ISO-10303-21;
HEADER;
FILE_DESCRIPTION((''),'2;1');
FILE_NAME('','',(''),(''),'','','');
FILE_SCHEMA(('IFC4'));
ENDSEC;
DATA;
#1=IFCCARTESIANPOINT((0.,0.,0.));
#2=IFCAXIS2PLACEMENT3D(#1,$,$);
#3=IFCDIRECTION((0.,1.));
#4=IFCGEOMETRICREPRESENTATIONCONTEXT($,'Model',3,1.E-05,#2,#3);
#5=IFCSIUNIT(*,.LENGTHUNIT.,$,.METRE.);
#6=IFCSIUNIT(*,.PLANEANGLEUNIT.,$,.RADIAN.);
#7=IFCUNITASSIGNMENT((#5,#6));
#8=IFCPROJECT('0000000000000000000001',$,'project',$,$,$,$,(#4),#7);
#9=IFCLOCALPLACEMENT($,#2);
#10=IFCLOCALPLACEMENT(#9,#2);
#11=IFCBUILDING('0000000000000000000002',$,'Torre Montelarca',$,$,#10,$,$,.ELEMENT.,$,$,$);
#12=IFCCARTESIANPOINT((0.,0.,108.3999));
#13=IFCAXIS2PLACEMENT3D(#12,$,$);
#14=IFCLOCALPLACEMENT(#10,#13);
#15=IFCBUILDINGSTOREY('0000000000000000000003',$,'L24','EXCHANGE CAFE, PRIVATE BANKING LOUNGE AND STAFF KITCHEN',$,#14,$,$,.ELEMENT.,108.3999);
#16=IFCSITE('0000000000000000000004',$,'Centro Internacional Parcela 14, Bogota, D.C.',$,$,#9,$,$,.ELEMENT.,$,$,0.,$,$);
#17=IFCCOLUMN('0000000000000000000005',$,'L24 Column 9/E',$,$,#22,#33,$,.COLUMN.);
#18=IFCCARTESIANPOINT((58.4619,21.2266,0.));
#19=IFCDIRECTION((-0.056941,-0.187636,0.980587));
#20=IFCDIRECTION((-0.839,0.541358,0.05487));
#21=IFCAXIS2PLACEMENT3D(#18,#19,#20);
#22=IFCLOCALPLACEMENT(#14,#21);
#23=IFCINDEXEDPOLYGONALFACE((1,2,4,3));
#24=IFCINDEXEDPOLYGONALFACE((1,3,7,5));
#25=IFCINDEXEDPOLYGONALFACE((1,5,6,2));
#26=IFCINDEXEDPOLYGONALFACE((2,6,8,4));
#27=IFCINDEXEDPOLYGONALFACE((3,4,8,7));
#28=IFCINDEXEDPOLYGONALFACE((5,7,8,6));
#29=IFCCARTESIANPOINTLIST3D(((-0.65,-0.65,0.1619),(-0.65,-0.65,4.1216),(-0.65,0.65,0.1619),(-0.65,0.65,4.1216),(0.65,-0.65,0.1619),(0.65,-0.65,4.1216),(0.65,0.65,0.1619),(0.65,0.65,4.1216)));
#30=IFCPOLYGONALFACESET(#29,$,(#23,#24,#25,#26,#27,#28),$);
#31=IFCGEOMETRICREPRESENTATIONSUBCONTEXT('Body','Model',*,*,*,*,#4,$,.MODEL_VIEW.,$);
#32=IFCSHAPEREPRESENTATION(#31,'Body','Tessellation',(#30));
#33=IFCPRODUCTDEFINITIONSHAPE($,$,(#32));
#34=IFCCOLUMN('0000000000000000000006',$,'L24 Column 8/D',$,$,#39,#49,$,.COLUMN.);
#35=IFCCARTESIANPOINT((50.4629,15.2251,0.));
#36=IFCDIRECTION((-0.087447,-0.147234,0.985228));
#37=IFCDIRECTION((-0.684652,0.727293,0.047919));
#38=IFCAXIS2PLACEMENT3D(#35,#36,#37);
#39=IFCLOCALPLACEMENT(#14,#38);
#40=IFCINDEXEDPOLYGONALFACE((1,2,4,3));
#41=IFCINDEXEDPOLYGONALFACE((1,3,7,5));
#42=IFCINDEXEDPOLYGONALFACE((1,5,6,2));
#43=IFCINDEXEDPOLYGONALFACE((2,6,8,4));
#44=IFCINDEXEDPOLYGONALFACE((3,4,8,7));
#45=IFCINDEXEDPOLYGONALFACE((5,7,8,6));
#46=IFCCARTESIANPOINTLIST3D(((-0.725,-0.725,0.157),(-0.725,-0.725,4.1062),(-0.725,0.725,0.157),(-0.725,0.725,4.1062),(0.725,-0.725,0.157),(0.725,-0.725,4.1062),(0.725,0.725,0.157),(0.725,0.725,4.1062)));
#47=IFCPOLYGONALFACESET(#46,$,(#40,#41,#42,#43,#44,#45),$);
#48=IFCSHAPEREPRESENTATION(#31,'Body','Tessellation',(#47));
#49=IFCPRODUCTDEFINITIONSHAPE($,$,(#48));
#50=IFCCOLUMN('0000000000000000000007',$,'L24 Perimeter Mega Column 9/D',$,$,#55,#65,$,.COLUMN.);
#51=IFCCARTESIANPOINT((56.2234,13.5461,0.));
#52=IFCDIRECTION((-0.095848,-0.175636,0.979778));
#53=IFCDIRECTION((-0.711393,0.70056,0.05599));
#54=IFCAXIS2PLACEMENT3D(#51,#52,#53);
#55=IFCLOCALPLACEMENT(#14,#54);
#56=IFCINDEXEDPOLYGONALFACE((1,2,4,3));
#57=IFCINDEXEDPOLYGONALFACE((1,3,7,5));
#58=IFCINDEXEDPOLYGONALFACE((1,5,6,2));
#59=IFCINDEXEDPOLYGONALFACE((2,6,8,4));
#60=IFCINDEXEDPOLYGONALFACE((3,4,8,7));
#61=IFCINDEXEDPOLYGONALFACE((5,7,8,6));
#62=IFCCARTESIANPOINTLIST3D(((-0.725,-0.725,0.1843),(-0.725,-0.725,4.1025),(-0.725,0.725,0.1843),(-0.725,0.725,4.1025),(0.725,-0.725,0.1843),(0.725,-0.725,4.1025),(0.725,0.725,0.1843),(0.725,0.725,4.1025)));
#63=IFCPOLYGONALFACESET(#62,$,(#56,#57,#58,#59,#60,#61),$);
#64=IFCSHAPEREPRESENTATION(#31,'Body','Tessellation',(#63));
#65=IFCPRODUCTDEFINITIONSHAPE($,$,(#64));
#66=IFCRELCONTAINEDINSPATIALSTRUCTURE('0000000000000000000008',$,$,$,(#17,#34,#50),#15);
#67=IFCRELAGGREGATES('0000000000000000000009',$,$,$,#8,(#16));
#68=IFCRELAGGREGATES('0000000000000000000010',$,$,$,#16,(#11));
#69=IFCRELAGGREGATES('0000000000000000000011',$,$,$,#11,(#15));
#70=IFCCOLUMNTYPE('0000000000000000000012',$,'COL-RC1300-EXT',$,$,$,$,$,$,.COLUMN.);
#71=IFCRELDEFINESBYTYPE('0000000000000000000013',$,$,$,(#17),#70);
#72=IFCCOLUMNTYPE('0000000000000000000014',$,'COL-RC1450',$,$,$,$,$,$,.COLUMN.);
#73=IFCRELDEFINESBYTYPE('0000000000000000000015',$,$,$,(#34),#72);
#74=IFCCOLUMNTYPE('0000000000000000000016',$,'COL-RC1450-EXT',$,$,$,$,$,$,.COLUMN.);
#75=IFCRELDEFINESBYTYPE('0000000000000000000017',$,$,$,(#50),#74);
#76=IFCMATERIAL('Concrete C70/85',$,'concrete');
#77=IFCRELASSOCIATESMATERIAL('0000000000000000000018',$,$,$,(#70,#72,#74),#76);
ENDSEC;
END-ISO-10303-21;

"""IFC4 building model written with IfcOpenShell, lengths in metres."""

from ifc_helpers import new_model, si_unit, direction, frame, origin, origin_2d, place, context, subcontext, project, spatial, rectangle, extrude, clip, halfspace, material, material_profile, profile_set, type_object, element, save


model = new_model("IFC4")

# Units and contexts
model_context = context("Model", 3, precision=1e-05, world=origin(), true_north=direction((0.0, 1.0)))
body_context = subcontext(model_context, "Body", "Model", "MODEL_VIEW")
ifc_project = project(units=[si_unit("LENGTHUNIT", "METRE"), si_unit("PLANEANGLEUNIT", "RADIAN")], contexts=[model_context])

# Site, building, storey
site_placement = place(None, origin())
site = spatial("IfcSite", under=ifc_project, at=site_placement, Name="Centro Internacional Parcela 14, Bogota, D.C.", CompositionType="ELEMENT", RefElevation=0.0)
building_placement = place(site_placement, origin())
building = spatial("IfcBuilding", under=site, at=building_placement, Name="Torre Montelarca", CompositionType="ELEMENT")
storey_placement = place(building_placement, frame((0.0, 0.0, 108.3999)))
storey = spatial("IfcBuildingStorey", under=building, at=storey_placement, Name="L24", Description="EXCHANGE CAFE, PRIVATE BANKING LOUNGE AND STAFF KITCHEN", CompositionType="ELEMENT", Elevation=108.3999)

# Columns
ifc_material_1 = material(Name="Concrete C70/85", Category="concrete")
ifc_material_profile_1 = material_profile(ifc_material_1, rectangle(XDim=1.3, YDim=1.3, at=origin_2d()), Name="RC1300X1300", Category="concrete")
ifc_profile_set_1 = profile_set([ifc_material_profile_1], Name="Concrete C70/85")
column_type_1 = type_object("IfcColumnType", Name="COL-RC1300-EXT", PredefinedType="COLUMN", material=ifc_profile_set_1)
column_1_placement = place(storey_placement, frame((58.4619, 21.2266, 0.0), z_axis=(-0.056941, -0.187636, 0.980587), x_axis=(-0.839, 0.541358, 0.05487)))
element("IfcColumn", 1, at=column_1_placement, inside=storey, type_object=column_type_1, Name="L24 Column 9/E", PredefinedType="COLUMN", context=body_context, shape_type="Clipping", body=[
    clip(clip(extrude(rectangle(XDim=1.3, YDim=1.3, at=origin_2d()), origin(), (0.0, 0.0, 1.0), 4.2834), halfspace(frame((0.0, 0.0, 0.1619), z_axis=(0.0, 0.0, -1.0), x_axis=(1.0, 0.0, 0.0)), False)), halfspace(frame((0.0, 0.0, 4.1216), z_axis=(0.0, 0.0, 1.0), x_axis=(1.0, 0.0, 0.0)), False)),
])
ifc_material_profile_2 = material_profile(ifc_material_1, rectangle(XDim=1.45, YDim=1.45, at=origin_2d()), Name="RC1450X1450", Category="concrete")
ifc_profile_set_2 = profile_set([ifc_material_profile_2], Name="Concrete C70/85")
column_type_2 = type_object("IfcColumnType", Name="COL-RC1450", PredefinedType="COLUMN", material=ifc_profile_set_2)
column_2_placement = place(storey_placement, frame((50.4629, 15.2251, 0.0), z_axis=(-0.087447, -0.147234, 0.985228), x_axis=(-0.684652, 0.727293, 0.047919)))
element("IfcColumn", 2, at=column_2_placement, inside=storey, type_object=column_type_2, Name="L24 Column 8/D", PredefinedType="COLUMN", context=body_context, shape_type="Clipping", body=[
    clip(clip(extrude(rectangle(XDim=1.45, YDim=1.45, at=origin_2d()), origin(), (0.0, 0.0, 1.0), 4.2632), halfspace(frame((0.0, 0.0, 0.157), z_axis=(0.0, 0.0, -1.0), x_axis=(1.0, 0.0, 0.0)), False)), halfspace(frame((0.0, 0.0, 4.1062), z_axis=(0.0, 0.0, 1.0), x_axis=(1.0, 0.0, 0.0)), False)),
])
ifc_material_profile_3 = material_profile(ifc_material_1, rectangle(XDim=1.45, YDim=1.45, at=origin_2d()), Name="RC1450X1450", Category="concrete")
ifc_profile_set_3 = profile_set([ifc_material_profile_3], Name="Concrete C70/85")
column_type_3 = type_object("IfcColumnType", Name="COL-RC1450-EXT", PredefinedType="COLUMN", material=ifc_profile_set_3)
column_3_placement = place(storey_placement, frame((56.2234, 13.5461, 0.0), z_axis=(-0.095848, -0.175636, 0.979778), x_axis=(-0.711393, 0.70056, 0.05599)))
element("IfcColumn", 3, at=column_3_placement, inside=storey, type_object=column_type_3, Name="L24 Perimeter Mega Column 9/D", PredefinedType="COLUMN", context=body_context, shape_type="Clipping", body=[
    clip(clip(extrude(rectangle(XDim=1.45, YDim=1.45, at=origin_2d()), origin(), (0.0, 0.0, 1.0), 4.2869), halfspace(frame((0.0, 0.0, 0.1843), z_axis=(0.0, 0.0, -1.0), x_axis=(1.0, 0.0, 0.0)), False)), halfspace(frame((0.0, 0.0, 4.1025), z_axis=(0.0, 0.0, 1.0), x_axis=(1.0, 0.0, 0.0)), False)),
])

save(model, "model.ifc")
